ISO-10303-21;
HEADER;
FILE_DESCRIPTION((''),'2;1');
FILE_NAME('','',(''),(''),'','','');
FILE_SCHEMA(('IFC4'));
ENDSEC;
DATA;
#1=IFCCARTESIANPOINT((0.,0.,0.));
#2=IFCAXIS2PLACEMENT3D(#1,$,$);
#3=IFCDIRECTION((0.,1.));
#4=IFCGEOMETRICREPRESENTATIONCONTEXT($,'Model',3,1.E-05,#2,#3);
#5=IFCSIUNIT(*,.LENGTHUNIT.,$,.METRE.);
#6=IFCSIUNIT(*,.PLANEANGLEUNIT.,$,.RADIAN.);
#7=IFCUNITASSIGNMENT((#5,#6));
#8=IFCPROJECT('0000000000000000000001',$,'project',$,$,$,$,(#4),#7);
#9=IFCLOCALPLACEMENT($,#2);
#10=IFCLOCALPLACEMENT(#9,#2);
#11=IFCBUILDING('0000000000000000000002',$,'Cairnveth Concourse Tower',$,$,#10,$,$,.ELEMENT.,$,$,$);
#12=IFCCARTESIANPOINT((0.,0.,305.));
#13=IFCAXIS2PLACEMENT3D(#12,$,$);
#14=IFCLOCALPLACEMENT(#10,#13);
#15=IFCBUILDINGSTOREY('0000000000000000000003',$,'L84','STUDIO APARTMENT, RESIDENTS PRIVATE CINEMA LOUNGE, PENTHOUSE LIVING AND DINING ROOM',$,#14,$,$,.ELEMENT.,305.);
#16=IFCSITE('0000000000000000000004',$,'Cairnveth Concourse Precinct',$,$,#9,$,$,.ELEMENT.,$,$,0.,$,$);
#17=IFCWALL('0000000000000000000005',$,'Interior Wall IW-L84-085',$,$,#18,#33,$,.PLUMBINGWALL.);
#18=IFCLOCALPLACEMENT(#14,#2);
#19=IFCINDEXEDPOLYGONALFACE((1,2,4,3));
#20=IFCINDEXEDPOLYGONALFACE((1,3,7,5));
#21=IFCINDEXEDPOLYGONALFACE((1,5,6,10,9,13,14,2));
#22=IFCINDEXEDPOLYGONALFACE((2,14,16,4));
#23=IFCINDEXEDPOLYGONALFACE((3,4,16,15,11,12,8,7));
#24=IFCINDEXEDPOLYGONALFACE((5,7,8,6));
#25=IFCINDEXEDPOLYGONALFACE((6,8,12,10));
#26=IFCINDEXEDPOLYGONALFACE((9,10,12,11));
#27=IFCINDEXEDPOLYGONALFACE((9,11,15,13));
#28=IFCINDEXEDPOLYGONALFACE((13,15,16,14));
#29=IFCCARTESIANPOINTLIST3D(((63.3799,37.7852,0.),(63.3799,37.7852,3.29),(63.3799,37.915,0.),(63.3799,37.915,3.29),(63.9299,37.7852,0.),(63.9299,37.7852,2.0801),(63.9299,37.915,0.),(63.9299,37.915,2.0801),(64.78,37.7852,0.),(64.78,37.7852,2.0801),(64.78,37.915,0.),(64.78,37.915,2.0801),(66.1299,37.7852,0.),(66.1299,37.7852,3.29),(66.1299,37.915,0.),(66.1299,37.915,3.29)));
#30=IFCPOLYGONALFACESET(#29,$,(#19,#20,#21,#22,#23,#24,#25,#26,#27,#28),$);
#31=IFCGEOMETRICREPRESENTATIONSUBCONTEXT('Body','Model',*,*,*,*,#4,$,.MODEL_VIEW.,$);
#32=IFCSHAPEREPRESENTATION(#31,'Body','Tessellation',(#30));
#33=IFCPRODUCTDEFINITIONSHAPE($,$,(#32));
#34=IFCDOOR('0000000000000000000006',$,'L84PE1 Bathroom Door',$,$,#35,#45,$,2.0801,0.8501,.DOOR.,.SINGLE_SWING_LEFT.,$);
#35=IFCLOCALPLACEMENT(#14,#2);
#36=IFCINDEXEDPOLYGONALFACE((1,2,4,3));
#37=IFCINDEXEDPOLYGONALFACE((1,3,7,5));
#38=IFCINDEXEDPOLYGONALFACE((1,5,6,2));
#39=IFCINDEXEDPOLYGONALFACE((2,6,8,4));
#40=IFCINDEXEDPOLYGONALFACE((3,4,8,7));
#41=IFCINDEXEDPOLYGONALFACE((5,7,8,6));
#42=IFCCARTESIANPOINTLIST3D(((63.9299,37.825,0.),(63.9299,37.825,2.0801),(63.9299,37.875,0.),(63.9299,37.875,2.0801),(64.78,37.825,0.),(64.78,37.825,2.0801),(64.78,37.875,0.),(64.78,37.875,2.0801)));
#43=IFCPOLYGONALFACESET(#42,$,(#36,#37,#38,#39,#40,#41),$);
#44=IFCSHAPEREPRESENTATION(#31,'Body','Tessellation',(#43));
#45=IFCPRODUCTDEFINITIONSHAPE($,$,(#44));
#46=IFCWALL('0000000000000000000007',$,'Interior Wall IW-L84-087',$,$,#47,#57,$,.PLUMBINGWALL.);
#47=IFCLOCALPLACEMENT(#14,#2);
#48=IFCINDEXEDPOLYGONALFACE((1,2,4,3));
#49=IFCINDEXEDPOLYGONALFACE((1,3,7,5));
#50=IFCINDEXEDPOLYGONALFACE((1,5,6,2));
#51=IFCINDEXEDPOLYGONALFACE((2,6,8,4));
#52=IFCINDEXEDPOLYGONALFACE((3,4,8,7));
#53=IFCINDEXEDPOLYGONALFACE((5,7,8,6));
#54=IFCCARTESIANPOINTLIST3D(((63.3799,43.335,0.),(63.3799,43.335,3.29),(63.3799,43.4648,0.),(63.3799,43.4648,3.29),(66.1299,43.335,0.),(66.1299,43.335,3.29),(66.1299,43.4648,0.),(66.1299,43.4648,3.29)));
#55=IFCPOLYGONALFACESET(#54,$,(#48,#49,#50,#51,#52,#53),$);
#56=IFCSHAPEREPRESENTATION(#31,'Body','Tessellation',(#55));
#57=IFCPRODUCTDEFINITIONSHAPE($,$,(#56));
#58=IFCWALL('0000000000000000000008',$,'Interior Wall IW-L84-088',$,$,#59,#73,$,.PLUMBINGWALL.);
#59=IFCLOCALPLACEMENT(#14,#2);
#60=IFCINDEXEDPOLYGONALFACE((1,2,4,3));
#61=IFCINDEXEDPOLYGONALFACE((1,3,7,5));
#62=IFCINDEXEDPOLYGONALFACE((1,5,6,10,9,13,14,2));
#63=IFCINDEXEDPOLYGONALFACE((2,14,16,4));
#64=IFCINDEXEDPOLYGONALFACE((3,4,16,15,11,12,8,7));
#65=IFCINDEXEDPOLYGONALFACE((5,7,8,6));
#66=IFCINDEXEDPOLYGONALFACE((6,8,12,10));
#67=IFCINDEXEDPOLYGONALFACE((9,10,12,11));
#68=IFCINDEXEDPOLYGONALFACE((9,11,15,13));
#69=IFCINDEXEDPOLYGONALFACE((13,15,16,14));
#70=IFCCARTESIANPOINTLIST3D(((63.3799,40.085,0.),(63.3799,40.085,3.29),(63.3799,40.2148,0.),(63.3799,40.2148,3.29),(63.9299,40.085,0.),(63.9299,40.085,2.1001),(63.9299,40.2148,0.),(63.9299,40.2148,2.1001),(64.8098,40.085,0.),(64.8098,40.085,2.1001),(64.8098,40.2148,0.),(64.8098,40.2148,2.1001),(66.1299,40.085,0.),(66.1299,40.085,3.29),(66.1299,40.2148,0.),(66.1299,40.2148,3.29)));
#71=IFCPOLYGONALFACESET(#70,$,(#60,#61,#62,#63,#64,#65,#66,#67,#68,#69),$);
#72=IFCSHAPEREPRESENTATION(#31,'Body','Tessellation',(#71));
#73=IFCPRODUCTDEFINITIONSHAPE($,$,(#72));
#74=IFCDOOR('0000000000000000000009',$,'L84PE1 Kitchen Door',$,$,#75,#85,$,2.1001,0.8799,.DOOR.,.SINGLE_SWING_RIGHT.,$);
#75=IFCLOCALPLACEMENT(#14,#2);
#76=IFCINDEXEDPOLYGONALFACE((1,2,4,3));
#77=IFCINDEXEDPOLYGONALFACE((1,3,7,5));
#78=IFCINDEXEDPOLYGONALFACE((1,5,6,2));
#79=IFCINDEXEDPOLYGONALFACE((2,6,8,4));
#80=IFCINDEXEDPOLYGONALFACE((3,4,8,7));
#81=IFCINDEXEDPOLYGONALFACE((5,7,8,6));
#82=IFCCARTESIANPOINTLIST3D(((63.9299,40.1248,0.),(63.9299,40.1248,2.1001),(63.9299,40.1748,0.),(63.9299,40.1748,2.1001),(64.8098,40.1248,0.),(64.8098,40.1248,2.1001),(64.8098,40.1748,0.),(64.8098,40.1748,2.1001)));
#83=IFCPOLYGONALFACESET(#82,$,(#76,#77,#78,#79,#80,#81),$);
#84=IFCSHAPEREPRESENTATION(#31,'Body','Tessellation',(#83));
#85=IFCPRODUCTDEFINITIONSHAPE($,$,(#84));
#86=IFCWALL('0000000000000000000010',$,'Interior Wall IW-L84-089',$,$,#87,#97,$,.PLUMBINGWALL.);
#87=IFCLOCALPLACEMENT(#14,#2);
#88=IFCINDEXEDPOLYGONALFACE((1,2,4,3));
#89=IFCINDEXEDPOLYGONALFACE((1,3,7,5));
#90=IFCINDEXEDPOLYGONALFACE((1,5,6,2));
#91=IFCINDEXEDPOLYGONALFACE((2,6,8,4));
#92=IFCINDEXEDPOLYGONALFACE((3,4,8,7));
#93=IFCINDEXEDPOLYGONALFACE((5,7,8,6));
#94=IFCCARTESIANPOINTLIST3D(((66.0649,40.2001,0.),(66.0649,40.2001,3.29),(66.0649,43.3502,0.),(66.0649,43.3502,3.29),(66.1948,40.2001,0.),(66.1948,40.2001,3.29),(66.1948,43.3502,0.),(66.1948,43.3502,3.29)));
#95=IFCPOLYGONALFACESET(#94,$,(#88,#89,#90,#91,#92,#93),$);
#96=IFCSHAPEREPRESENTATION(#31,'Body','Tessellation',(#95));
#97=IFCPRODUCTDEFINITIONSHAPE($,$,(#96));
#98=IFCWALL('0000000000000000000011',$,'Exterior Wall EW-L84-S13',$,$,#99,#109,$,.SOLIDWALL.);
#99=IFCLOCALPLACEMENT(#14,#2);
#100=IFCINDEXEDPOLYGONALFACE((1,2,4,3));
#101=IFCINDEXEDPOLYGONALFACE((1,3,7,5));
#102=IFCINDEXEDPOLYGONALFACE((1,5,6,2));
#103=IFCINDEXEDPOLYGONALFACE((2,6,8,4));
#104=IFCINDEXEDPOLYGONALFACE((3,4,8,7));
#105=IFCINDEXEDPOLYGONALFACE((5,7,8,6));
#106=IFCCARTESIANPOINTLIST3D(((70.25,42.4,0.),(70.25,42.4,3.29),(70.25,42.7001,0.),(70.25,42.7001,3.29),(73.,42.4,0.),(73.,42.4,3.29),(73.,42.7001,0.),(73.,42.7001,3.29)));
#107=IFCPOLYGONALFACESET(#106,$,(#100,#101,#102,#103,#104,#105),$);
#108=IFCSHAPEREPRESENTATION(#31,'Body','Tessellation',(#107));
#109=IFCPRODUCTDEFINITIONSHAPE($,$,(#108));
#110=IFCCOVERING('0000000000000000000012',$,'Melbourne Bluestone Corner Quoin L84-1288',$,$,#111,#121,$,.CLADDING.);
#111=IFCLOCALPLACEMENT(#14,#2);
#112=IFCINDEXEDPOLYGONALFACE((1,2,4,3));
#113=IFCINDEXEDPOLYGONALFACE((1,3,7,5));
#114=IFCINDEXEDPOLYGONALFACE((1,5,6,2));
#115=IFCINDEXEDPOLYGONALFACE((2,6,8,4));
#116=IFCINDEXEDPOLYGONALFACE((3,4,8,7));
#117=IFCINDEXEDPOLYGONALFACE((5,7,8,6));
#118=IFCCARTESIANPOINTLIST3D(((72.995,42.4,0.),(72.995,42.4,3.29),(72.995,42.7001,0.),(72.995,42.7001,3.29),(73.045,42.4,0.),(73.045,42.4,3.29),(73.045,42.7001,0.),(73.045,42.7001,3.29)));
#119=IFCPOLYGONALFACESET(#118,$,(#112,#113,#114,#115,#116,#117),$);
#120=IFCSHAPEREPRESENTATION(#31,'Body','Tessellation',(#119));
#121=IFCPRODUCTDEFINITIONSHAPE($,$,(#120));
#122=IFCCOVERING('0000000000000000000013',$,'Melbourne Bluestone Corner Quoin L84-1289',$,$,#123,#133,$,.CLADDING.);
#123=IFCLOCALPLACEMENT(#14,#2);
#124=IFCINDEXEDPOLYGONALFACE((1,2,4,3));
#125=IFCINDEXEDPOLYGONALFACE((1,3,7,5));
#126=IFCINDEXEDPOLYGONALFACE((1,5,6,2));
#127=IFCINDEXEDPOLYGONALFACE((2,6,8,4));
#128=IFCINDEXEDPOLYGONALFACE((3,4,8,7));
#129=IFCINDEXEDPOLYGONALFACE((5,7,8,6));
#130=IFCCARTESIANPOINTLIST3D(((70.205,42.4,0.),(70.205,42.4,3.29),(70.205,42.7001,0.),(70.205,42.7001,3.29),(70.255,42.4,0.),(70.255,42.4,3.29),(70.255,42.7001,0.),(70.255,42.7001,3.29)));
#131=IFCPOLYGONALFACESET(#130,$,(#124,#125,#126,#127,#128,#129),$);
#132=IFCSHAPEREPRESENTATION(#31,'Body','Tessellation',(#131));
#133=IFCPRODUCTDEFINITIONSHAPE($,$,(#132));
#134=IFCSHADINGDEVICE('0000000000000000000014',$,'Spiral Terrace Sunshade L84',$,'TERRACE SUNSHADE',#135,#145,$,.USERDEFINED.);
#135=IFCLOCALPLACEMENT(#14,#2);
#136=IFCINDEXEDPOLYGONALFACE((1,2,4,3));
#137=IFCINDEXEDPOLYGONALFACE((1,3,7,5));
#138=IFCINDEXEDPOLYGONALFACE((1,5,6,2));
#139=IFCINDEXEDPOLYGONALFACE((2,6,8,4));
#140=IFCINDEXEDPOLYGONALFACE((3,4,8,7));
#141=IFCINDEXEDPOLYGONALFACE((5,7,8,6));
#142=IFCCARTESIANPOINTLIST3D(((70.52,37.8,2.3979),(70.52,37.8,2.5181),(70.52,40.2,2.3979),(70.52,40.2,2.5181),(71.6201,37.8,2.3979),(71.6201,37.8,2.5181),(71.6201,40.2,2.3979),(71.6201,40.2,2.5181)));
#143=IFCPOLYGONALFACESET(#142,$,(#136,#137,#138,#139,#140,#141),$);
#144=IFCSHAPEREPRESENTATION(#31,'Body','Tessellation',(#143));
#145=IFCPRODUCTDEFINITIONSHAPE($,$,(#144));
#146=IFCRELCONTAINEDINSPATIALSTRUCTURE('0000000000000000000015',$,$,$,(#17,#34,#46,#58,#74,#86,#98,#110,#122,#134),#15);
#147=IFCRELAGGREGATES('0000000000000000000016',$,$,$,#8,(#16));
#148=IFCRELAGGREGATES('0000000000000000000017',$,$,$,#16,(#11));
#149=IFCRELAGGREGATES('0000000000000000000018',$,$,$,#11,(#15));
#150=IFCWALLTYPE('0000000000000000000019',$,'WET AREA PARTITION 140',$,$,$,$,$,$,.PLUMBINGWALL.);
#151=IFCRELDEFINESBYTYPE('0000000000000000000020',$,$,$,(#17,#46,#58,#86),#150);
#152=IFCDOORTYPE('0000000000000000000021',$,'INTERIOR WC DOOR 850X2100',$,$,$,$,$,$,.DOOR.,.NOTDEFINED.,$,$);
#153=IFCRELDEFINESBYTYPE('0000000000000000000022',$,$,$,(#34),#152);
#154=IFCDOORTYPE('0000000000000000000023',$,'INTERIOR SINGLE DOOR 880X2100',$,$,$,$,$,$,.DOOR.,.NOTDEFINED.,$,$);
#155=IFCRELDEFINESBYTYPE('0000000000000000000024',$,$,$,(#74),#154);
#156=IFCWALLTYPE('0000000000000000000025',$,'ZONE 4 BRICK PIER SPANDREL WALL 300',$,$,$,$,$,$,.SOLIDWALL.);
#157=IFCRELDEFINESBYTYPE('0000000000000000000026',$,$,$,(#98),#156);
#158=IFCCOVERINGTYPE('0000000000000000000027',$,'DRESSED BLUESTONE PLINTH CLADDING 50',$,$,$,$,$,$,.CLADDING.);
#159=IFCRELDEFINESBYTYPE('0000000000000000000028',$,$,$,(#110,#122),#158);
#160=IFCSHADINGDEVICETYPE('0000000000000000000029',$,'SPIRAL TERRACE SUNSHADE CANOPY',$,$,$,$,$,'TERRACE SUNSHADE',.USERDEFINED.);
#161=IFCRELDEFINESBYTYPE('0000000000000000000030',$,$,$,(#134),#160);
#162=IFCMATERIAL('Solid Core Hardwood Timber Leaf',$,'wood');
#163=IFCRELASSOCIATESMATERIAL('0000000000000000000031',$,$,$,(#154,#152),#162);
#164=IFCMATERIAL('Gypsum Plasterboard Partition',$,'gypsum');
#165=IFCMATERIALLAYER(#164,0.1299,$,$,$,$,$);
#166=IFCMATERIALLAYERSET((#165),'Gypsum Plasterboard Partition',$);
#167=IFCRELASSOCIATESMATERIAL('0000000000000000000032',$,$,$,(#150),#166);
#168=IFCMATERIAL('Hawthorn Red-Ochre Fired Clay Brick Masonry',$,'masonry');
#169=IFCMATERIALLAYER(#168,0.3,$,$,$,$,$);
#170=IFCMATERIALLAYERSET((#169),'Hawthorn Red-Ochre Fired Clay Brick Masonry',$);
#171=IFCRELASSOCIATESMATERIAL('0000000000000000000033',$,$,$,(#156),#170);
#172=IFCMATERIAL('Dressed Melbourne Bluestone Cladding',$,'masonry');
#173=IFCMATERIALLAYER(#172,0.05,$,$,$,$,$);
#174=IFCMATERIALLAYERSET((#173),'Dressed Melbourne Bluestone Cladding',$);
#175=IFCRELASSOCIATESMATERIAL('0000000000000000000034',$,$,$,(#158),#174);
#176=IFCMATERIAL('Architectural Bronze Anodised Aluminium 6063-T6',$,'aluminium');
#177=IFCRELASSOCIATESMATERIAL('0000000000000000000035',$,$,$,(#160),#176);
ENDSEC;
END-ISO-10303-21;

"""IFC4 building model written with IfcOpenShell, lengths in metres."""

from ifc_helpers import new_model, si_unit, direction, frame, frame_2d, origin, origin_2d, place, context, subcontext, project, spatial, rectangle, extrude, material, layer, layer_set, type_object, element, fill, save


model = new_model("IFC4")

# Units and contexts
model_context = context("Model", 3, precision=1e-05, world=origin(), true_north=direction((0.0, 1.0)))
body_context = subcontext(model_context, "Body", "Model", "MODEL_VIEW")
ifc_project = project(units=[si_unit("LENGTHUNIT", "METRE"), si_unit("PLANEANGLEUNIT", "RADIAN")], contexts=[model_context])

# Site, building, storey
site_placement = place(None, origin())
site = spatial("IfcSite", under=ifc_project, at=site_placement, Name="Cairnveth Concourse Precinct", CompositionType="ELEMENT", RefElevation=0.0)
building_placement = place(site_placement, origin())
building = spatial("IfcBuilding", under=site, at=building_placement, Name="Cairnveth Concourse Tower", CompositionType="ELEMENT")
storey_placement = place(building_placement, frame((0.0, 0.0, 305.0)))
storey = spatial("IfcBuildingStorey", under=building, at=storey_placement, Name="L84", Description="STUDIO APARTMENT, RESIDENTS PRIVATE CINEMA LOUNGE, PENTHOUSE LIVING AND DINING ROOM", CompositionType="ELEMENT", Elevation=305.0)

# Wall, opening, door
ifc_material_1 = material(Name="Gypsum Plasterboard Partition", Category="gypsum")
ifc_material_2 = material(Name="Solid Core Hardwood Timber Leaf", Category="wood")
door_type_1 = type_object("IfcDoorType", Name="INTERIOR SINGLE DOOR 880X2100", OperationType="NOTDEFINED", PredefinedType="DOOR", material=ifc_material_2)
ifc_layer_1 = layer(ifc_material_1, 0.1299)
ifc_layer_set_1 = layer_set([ifc_layer_1], Name="Gypsum Plasterboard Partition")
wall_type_1 = type_object("IfcWallType", Name="WET AREA PARTITION 140", PredefinedType="PLUMBINGWALL", material=ifc_layer_set_1)
wall_1_placement = place(storey_placement, frame((63.3799, 37.8501, 0.0), z_axis=(0.0, 0.0, 1.0), x_axis=(1.0, 0.0, 0.0)))
wall_1 = element("IfcWall", 1, at=wall_1_placement, inside=storey, type_object=wall_type_1, Name="Interior Wall IW-L84-085", PredefinedType="PLUMBINGWALL", context=body_context, shape_type="SweptSolid", body=[
    extrude(rectangle(XDim=2.75, YDim=0.1299, at=frame_2d((1.375, 0.0))), origin(), (0.0, 0.0, 1.0), 3.29),
])
opening_1_placement = place(wall_1_placement, frame((0.55, 0.0, 0.0)))
opening_1 = element("IfcOpeningElement", 2, at=opening_1_placement, cuts=wall_1, PredefinedType="OPENING", context=body_context, shape_type="SweptSolid", body=[
    extrude(rectangle(XDim=0.8501, YDim=2.0801, at=frame_2d((0.425, 1.04))), frame((0.0, 0.075, 0.0), z_axis=(0.0, -1.0, 0.0), x_axis=(1.0, 0.0, 0.0)), (0.0, 0.0, 1.0), 0.1499),
])
door_type_2 = type_object("IfcDoorType", Name="INTERIOR WC DOOR 850X2100", OperationType="NOTDEFINED", PredefinedType="DOOR", material=ifc_material_2)
door_1_placement = place(opening_1_placement, origin())
door_1 = element("IfcDoor", 3, at=door_1_placement, inside=storey, type_object=door_type_2, Name="L84PE1 Bathroom Door", OperationType="SINGLE_SWING_LEFT", OverallHeight=2.0801, OverallWidth=0.8501, PredefinedType="DOOR", context=body_context, shape_type="SweptSolid", body=[
    extrude(rectangle(XDim=0.8501, YDim=2.0801, at=frame_2d((0.425, 1.04))), frame((0.0, 0.0249, 0.0), z_axis=(0.0, -1.0, 0.0), x_axis=(1.0, 0.0, 0.0)), (0.0, 0.0, 1.0), 0.05),
])
fill(opening_1, door_1)

# Wall
wall_2_placement = place(storey_placement, frame((63.3799, 43.3999, 0.0), z_axis=(0.0, 0.0, 1.0), x_axis=(1.0, 0.0, 0.0)))
element("IfcWall", 4, at=wall_2_placement, inside=storey, type_object=wall_type_1, Name="Interior Wall IW-L84-087", PredefinedType="PLUMBINGWALL", context=body_context, shape_type="SweptSolid", body=[
    extrude(rectangle(XDim=2.75, YDim=0.1299, at=frame_2d((1.375, 0.0))), origin(), (0.0, 0.0, 1.0), 3.29),
])

# Wall, opening, door
wall_3_placement = place(storey_placement, frame((63.3799, 40.1499, 0.0), z_axis=(0.0, 0.0, 1.0), x_axis=(1.0, 0.0, 0.0)))
wall_3 = element("IfcWall", 5, at=wall_3_placement, inside=storey, type_object=wall_type_1, Name="Interior Wall IW-L84-088", PredefinedType="PLUMBINGWALL", context=body_context, shape_type="SweptSolid", body=[
    extrude(rectangle(XDim=2.75, YDim=0.1299, at=frame_2d((1.375, 0.0))), origin(), (0.0, 0.0, 1.0), 3.29),
])
opening_2_placement = place(wall_3_placement, frame((0.55, 0.0, 0.0)))
opening_2 = element("IfcOpeningElement", 6, at=opening_2_placement, cuts=wall_3, PredefinedType="OPENING", context=body_context, shape_type="SweptSolid", body=[
    extrude(rectangle(XDim=0.8799, YDim=2.1001, at=frame_2d((0.4399, 1.05))), frame((0.0, 0.075, 0.0), z_axis=(0.0, -1.0, 0.0), x_axis=(1.0, 0.0, 0.0)), (0.0, 0.0, 1.0), 0.1499),
])
door_2_placement = place(opening_2_placement, origin())
door_2 = element("IfcDoor", 7, at=door_2_placement, inside=storey, type_object=door_type_1, Name="L84PE1 Kitchen Door", OperationType="SINGLE_SWING_RIGHT", OverallHeight=2.1001, OverallWidth=0.8799, PredefinedType="DOOR", context=body_context, shape_type="SweptSolid", body=[
    extrude(rectangle(XDim=0.8799, YDim=2.1001, at=frame_2d((0.4399, 1.05))), frame((0.0, 0.0249, 0.0), z_axis=(0.0, -1.0, 0.0), x_axis=(1.0, 0.0, 0.0)), (0.0, 0.0, 1.0), 0.05),
])
fill(opening_2, door_2)

# Walls
wall_4_placement = place(storey_placement, frame((66.1299, 40.2, 0.0), z_axis=(0.0, 0.0, 1.0), x_axis=(0.0, 1.0, 0.0)))
element("IfcWall", 8, at=wall_4_placement, inside=storey, type_object=wall_type_1, Name="Interior Wall IW-L84-089", PredefinedType="PLUMBINGWALL", context=body_context, shape_type="SweptSolid", body=[
    extrude(rectangle(XDim=3.1501, YDim=0.1299, at=frame_2d((1.5752, 0.0))), origin(), (0.0, 0.0, 1.0), 3.29),
])
ifc_material_3 = material(Name="Hawthorn Red-Ochre Fired Clay Brick Masonry", Category="masonry")
ifc_layer_2 = layer(ifc_material_3, 0.3)
ifc_layer_set_2 = layer_set([ifc_layer_2], Name="Hawthorn Red-Ochre Fired Clay Brick Masonry")
wall_type_2 = type_object("IfcWallType", Name="ZONE 4 BRICK PIER SPANDREL WALL 300", PredefinedType="SOLIDWALL", material=ifc_layer_set_2)
wall_5_placement = place(storey_placement, frame((73.0, 42.55, 0.0), z_axis=(0.0, 0.0, 1.0), x_axis=(-1.0, 0.0, 0.0)))
element("IfcWall", 9, at=wall_5_placement, inside=storey, type_object=wall_type_2, Name="Exterior Wall EW-L84-S13", PredefinedType="SOLIDWALL", context=body_context, shape_type="SweptSolid", body=[
    extrude(rectangle(XDim=2.75, YDim=0.3, at=frame_2d((1.375, 0.0))), origin(), (0.0, 0.0, 1.0), 3.29),
])

# Shared definitions
ifc_material_4 = material(Name="Architectural Bronze Anodised Aluminium 6063-T6", Category="aluminium")

# Coverings
ifc_material_5 = material(Name="Dressed Melbourne Bluestone Cladding", Category="masonry")
ifc_layer_3 = layer(ifc_material_5, 0.05)
ifc_layer_set_3 = layer_set([ifc_layer_3], Name="Dressed Melbourne Bluestone Cladding")
covering_type = type_object("IfcCoveringType", Name="DRESSED BLUESTONE PLINTH CLADDING 50", PredefinedType="CLADDING", material=ifc_layer_set_3)
for number, where, z_axis, x_axis, name in (
    (10, (73.02, 42.7, 0.0), (0.0, 0.0, 1.0), (0.0, -1.0, 0.0), "Melbourne Bluestone Corner Quoin L84-1288"),
    (11, (70.23, 42.7, 0.0), (0.0, 0.0, 1.0), (0.0, -1.0, 0.0), "Melbourne Bluestone Corner Quoin L84-1289"),
):
    element("IfcCovering", number, at=place(storey_placement, frame(where, z_axis=z_axis, x_axis=x_axis)), inside=storey, type_object=covering_type, Name=name, PredefinedType="CLADDING", context=body_context, shape_type="SweptSolid", body=[
        extrude(rectangle(XDim=0.3, YDim=0.05, at=frame_2d((0.1499, 0.0))), origin(), (0.0, 0.0, 1.0), 3.29),
    ])

# Shading device
shading_device_type = type_object("IfcShadingDeviceType", Name="SPIRAL TERRACE SUNSHADE CANOPY", ElementType="TERRACE SUNSHADE", PredefinedType="USERDEFINED", material=ifc_material_4)
shading_device_placement = place(storey_placement, frame((71.0701, 39.0, 2.3979), z_axis=(0.0, 0.0, 1.0), x_axis=(1.0, 0.0, 0.0)))
element("IfcShadingDevice", 12, at=shading_device_placement, inside=storey, type_object=shading_device_type, Name="Spiral Terrace Sunshade L84", ObjectType="TERRACE SUNSHADE", PredefinedType="USERDEFINED", context=body_context, shape_type="SweptSolid", body=[
    extrude(rectangle(XDim=1.1001, YDim=2.3999, at=origin_2d()), origin(), (0.0, 0.0, 1.0), 0.1201),
])

save(model, "model.ifc")
